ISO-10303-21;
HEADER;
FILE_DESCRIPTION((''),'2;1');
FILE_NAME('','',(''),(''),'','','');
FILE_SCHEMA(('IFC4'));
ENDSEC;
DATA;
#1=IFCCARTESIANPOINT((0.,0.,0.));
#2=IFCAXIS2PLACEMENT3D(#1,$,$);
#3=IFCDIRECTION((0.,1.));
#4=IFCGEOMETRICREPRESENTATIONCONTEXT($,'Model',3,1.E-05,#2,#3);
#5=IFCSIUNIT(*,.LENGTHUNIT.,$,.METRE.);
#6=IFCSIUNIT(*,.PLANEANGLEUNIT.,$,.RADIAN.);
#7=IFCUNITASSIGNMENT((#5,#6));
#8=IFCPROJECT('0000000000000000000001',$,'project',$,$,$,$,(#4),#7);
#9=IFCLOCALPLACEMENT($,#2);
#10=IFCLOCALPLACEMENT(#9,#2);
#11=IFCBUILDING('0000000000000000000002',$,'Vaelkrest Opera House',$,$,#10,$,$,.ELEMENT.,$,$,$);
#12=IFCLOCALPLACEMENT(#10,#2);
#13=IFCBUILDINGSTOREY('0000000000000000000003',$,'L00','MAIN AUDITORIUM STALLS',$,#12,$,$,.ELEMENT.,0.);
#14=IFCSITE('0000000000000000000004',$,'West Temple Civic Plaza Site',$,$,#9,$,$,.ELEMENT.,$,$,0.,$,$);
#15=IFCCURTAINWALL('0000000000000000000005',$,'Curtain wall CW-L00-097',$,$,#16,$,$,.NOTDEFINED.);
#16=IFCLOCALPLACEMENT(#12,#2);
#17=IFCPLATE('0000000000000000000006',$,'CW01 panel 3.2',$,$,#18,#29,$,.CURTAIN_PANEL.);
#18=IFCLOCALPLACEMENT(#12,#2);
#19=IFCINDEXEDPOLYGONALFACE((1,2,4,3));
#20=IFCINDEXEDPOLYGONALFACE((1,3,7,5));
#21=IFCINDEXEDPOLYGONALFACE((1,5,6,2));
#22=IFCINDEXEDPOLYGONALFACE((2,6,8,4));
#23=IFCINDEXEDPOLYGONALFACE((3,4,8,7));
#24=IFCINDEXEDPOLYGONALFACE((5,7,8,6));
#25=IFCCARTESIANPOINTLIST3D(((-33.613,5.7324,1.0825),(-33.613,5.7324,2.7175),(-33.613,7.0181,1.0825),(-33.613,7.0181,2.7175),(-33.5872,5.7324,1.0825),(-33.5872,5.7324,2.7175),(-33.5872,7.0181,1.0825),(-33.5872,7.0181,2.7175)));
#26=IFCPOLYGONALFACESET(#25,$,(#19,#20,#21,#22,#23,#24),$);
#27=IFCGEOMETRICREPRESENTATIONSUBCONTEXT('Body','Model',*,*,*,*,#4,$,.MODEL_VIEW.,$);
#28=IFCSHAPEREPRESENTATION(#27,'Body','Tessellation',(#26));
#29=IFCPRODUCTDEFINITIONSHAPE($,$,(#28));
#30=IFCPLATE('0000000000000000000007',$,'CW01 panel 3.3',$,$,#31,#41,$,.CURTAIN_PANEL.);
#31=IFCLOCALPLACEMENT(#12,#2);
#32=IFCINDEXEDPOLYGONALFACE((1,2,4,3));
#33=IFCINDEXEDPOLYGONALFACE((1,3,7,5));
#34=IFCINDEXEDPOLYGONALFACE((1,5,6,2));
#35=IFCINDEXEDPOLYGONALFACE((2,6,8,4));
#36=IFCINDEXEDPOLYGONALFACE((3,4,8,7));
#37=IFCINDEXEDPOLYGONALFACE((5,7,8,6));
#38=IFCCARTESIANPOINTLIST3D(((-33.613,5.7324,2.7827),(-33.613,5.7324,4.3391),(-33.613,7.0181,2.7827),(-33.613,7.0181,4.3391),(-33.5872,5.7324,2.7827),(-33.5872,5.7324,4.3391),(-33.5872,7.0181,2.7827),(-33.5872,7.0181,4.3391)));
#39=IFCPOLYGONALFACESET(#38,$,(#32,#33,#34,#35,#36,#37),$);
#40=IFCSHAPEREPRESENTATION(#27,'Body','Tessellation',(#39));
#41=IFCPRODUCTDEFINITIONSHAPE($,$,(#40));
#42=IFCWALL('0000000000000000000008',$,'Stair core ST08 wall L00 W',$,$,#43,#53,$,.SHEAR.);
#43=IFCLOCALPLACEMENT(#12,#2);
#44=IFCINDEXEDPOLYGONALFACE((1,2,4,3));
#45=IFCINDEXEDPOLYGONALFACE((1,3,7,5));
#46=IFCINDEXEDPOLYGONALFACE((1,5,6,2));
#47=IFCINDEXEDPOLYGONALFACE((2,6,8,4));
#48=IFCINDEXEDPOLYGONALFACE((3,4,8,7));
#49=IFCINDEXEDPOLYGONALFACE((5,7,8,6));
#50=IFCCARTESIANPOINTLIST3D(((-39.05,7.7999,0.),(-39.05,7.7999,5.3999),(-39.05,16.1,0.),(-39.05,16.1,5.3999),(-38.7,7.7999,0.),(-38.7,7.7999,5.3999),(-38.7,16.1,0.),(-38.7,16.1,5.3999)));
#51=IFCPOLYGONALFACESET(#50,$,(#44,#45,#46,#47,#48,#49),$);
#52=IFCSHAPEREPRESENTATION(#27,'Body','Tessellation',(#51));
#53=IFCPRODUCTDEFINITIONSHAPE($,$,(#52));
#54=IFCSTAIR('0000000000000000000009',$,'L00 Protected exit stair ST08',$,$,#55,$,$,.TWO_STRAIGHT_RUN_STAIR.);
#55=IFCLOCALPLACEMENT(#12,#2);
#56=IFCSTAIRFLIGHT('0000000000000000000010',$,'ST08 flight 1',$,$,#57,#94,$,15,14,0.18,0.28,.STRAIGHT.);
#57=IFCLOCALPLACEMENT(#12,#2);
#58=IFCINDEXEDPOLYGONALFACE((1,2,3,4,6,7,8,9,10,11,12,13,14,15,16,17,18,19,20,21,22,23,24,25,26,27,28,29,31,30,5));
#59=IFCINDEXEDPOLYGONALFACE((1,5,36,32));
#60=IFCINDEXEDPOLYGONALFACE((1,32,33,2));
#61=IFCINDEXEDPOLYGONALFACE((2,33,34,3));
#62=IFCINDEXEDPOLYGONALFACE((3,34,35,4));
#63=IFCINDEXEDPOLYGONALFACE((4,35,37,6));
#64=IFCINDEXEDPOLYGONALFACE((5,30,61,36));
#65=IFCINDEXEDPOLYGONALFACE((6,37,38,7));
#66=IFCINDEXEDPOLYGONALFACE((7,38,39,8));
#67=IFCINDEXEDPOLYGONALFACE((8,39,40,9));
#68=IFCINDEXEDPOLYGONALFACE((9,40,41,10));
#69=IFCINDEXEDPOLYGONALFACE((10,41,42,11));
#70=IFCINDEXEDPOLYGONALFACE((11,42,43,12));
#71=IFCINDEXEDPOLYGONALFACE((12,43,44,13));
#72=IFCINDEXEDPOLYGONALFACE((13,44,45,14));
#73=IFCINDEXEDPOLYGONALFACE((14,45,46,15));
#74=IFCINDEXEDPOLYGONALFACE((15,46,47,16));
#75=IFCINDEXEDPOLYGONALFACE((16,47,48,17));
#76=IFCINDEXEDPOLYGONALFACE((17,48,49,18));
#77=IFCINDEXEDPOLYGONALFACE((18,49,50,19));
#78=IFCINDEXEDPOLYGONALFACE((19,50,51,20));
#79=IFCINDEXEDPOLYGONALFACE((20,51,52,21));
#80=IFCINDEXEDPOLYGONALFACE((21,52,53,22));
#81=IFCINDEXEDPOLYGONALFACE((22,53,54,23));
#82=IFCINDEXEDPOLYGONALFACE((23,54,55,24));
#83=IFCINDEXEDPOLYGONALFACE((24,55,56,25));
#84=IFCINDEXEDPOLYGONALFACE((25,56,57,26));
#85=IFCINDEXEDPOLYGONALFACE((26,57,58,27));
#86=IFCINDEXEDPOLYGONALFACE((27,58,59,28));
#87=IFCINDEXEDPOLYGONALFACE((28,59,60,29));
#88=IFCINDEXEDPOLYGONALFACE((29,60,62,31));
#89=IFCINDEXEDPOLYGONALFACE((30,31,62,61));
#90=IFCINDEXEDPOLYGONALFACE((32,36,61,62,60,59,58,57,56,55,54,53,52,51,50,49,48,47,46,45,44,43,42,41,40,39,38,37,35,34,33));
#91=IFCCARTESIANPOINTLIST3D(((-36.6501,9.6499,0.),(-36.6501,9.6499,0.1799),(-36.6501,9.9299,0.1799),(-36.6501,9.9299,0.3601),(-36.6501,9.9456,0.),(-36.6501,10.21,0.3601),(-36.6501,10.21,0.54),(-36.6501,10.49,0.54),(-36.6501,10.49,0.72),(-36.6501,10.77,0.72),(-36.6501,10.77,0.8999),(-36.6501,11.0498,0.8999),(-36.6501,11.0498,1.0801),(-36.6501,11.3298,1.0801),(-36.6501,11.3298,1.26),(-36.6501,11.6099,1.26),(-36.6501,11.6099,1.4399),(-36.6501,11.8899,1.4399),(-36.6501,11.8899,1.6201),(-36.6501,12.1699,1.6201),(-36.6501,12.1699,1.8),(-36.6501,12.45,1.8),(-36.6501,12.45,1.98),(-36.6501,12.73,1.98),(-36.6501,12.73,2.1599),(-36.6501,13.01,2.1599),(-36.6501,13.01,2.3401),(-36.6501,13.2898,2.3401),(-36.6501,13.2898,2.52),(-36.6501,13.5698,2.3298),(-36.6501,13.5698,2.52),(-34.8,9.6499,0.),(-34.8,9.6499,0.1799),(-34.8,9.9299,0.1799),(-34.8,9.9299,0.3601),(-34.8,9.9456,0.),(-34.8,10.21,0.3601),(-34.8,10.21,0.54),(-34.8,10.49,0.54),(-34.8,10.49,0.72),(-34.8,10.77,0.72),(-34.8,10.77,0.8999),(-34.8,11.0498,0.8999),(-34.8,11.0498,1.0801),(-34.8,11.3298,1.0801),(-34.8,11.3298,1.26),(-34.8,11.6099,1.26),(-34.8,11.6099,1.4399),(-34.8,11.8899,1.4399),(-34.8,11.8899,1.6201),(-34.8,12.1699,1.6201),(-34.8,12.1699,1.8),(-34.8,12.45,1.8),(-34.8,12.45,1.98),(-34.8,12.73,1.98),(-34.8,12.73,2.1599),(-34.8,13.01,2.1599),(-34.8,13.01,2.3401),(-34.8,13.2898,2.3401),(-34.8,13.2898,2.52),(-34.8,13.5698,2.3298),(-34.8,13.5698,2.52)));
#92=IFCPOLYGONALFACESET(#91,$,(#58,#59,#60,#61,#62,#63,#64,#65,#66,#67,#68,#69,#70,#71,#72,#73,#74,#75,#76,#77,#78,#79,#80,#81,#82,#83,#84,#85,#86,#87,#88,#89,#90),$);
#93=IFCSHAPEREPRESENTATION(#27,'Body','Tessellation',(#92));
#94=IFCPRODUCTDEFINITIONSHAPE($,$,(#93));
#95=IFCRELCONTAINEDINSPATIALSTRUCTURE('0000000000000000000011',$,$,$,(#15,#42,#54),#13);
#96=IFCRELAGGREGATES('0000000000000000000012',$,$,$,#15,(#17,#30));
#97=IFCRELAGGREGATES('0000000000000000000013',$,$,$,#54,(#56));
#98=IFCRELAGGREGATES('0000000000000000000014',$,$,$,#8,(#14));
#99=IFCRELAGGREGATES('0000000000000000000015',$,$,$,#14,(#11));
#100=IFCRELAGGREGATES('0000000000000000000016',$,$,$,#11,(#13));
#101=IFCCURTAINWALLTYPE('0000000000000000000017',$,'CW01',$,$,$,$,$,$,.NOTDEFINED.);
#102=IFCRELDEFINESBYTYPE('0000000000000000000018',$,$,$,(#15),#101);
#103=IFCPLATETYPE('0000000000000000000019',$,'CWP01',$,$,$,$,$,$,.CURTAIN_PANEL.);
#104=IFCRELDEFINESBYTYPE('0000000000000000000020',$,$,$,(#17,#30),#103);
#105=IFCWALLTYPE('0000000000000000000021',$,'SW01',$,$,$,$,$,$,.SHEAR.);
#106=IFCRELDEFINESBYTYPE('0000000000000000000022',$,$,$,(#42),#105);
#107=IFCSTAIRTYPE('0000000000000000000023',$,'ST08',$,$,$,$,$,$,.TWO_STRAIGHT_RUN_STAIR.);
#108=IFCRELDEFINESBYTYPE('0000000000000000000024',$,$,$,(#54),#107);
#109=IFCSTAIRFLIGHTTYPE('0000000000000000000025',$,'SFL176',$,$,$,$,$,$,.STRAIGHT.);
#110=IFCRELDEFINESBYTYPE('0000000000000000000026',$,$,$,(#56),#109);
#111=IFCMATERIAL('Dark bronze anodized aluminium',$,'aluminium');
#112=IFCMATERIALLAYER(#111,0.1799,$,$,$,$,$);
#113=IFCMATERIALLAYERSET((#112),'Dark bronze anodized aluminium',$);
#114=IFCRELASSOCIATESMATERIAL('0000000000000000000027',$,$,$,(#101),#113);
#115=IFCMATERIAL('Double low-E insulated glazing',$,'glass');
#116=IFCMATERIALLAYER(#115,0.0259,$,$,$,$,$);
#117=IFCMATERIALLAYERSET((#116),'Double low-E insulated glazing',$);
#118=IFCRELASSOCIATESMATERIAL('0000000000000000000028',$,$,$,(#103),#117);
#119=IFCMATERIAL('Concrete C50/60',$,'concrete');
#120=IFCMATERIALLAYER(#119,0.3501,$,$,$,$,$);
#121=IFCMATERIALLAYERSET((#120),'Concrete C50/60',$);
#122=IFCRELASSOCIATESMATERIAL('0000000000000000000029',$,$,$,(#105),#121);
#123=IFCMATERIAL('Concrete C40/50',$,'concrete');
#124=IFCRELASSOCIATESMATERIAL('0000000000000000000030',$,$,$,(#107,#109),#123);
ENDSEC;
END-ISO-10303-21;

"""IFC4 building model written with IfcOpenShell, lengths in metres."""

from ifc_helpers import new_model, si_unit, direction, frame, frame_2d, origin, origin_2d, place, context, subcontext, project, spatial, polyline, rectangle, outline, extrude, material, layer, layer_set, type_object, element, aggregate, save


model = new_model("IFC4")

# Units and contexts
model_context = context("Model", 3, precision=1e-05, world=origin(), true_north=direction((0.0, 1.0)))
body_context = subcontext(model_context, "Body", "Model", "MODEL_VIEW")
ifc_project = project(units=[si_unit("LENGTHUNIT", "METRE"), si_unit("PLANEANGLEUNIT", "RADIAN")], contexts=[model_context])

# Site, building, storey
site_placement = place(None, origin())
site = spatial("IfcSite", under=ifc_project, at=site_placement, Name="West Temple Civic Plaza Site", CompositionType="ELEMENT", RefElevation=0.0)
building_placement = place(site_placement, origin())
building = spatial("IfcBuilding", under=site, at=building_placement, Name="Vaelkrest Opera House", CompositionType="ELEMENT")
storey_placement = place(building_placement, origin())
storey = spatial("IfcBuildingStorey", under=building, at=storey_placement, Name="L00", Description="MAIN AUDITORIUM STALLS", CompositionType="ELEMENT", Elevation=0.0)

# Curtain wall
ifc_material_1 = material(Name="Dark bronze anodized aluminium", Category="aluminium")
ifc_layer_1 = layer(ifc_material_1, 0.1799)
ifc_layer_set_1 = layer_set([ifc_layer_1], Name="Dark bronze anodized aluminium")
curtain_wall_type = type_object("IfcCurtainWallType", Name="CW01", PredefinedType="NOTDEFINED", material=ifc_layer_set_1)
curtain_wall_placement = place(storey_placement, origin())
curtain_wall = element("IfcCurtainWall", 1, at=curtain_wall_placement, inside=storey, type_object=curtain_wall_type, Name="Curtain wall CW-L00-097", PredefinedType="NOTDEFINED")

# Shared definitions
ifc_material_2 = material(Name="Concrete C50/60", Category="concrete")

# Plates
ifc_material_3 = material(Name="Double low-E insulated glazing", Category="glass")
ifc_layer_2 = layer(ifc_material_3, 0.0259)
ifc_layer_set_2 = layer_set([ifc_layer_2], Name="Double low-E insulated glazing")
plate_type = type_object("IfcPlateType", Name="CWP01", PredefinedType="CURTAIN_PANEL", material=ifc_layer_set_2)
plate_1_placement = place(storey_placement, frame((-33.6001, 6.3752, 1.0825), z_axis=(0.0, 0.0, 1.0), x_axis=(0.0, -1.0, 0.0)))
plate_1 = element("IfcPlate", 2, at=plate_1_placement, type_object=plate_type, Name="CW01 panel 3.2", PredefinedType="CURTAIN_PANEL", context=body_context, shape_type="SweptSolid", body=[
    extrude(rectangle(XDim=1.2856, YDim=0.0259, at=origin_2d()), origin(), (0.0, 0.0, 1.0), 1.635),
])
plate_2_placement = place(storey_placement, frame((-33.6001, 6.3752, 2.7827), z_axis=(0.0, 0.0, 1.0), x_axis=(0.0, -1.0, 0.0)))
plate_2 = element("IfcPlate", 3, at=plate_2_placement, type_object=plate_type, Name="CW01 panel 3.3", PredefinedType="CURTAIN_PANEL", context=body_context, shape_type="SweptSolid", body=[
    extrude(rectangle(XDim=1.2856, YDim=0.0259, at=origin_2d()), origin(), (0.0, 0.0, 1.0), 1.5564),
])
aggregate(curtain_wall, [plate_1, plate_2])

# Shared definitions
ifc_layer_3 = layer(ifc_material_2, 0.3501)
ifc_layer_set_3 = layer_set([ifc_layer_3], Name="Concrete C50/60")
wall_type = type_object("IfcWallType", Name="SW01", PredefinedType="SHEAR", material=ifc_layer_set_3)

# Wall
wall_1_placement = place(storey_placement, frame((-38.875, 7.8, 0.0), z_axis=(0.0, 0.0, 1.0), x_axis=(0.0, 1.0, 0.0)))
element("IfcWall", 4, at=wall_1_placement, inside=storey, type_object=wall_type, Name="Stair core ST08 wall L00 W", PredefinedType="SHEAR", context=body_context, shape_type="SweptSolid", body=[
    extrude(rectangle(XDim=8.3, YDim=0.3501, at=frame_2d((4.1499, 0.0))), origin(), (0.0, 0.0, 1.0), 5.3999),
])

# Stair, stair flight
ifc_material_4 = material(Name="Concrete C40/50", Category="concrete")
stair_type = type_object("IfcStairType", Name="ST08", PredefinedType="TWO_STRAIGHT_RUN_STAIR", material=ifc_material_4)
stair_placement = place(storey_placement, origin())
stair = element("IfcStair", 5, at=stair_placement, inside=storey, type_object=stair_type, Name="L00 Protected exit stair ST08", PredefinedType="TWO_STRAIGHT_RUN_STAIR")
stair_flight_type = type_object("IfcStairFlightType", Name="SFL176", PredefinedType="STRAIGHT", material=ifc_material_4)
stair_flight_placement = place(storey_placement, frame((-35.7251, 9.6499, 0.0), z_axis=(0.0, 0.0, 1.0), x_axis=(0.0, 1.0, 0.0)))
stair_flight = element("IfcStairFlight", 6, at=stair_flight_placement, type_object=stair_flight_type, Name="ST08 flight 1", NumberOfRisers=15, NumberOfTreads=14, PredefinedType="STRAIGHT", RiserHeight=0.18, TreadLength=0.28, context=body_context, shape_type="SweptSolid", body=[
    extrude(outline(polyline([(0.0, 0.0), (0.0, 0.1799), (0.28, 0.1799), (0.28, 0.3601), (0.5601, 0.3601), (0.5601, 0.54), (0.8401, 0.54), (0.8401, 0.72), (1.1201, 0.72), (1.1201, 0.8999), (1.3999, 0.8999), (1.3999, 1.0801), (1.6799, 1.0801), (1.6799, 1.26), (1.96, 1.26), (1.96, 1.4399), (2.24, 1.4399), (2.24, 1.6201), (2.52, 1.6201), (2.52, 1.8), (2.8, 1.8), (2.8, 1.98), (3.0801, 1.98), (3.0801, 2.1599), (3.3601, 2.1599), (3.3601, 2.3401), (3.6399, 2.3401), (3.6399, 2.52), (3.9199, 2.52), (3.9199, 2.7), (3.9199, 2.3298), (0.2957, 0.0), (0.0, 0.0)])), frame((0.0, 0.925, 0.0), z_axis=(0.0, -1.0, 0.0), x_axis=(1.0, 0.0, 0.0)), (0.0, 0.0, 1.0), 1.8501),
])
aggregate(stair, [stair_flight])

save(model, "model.ifc")
